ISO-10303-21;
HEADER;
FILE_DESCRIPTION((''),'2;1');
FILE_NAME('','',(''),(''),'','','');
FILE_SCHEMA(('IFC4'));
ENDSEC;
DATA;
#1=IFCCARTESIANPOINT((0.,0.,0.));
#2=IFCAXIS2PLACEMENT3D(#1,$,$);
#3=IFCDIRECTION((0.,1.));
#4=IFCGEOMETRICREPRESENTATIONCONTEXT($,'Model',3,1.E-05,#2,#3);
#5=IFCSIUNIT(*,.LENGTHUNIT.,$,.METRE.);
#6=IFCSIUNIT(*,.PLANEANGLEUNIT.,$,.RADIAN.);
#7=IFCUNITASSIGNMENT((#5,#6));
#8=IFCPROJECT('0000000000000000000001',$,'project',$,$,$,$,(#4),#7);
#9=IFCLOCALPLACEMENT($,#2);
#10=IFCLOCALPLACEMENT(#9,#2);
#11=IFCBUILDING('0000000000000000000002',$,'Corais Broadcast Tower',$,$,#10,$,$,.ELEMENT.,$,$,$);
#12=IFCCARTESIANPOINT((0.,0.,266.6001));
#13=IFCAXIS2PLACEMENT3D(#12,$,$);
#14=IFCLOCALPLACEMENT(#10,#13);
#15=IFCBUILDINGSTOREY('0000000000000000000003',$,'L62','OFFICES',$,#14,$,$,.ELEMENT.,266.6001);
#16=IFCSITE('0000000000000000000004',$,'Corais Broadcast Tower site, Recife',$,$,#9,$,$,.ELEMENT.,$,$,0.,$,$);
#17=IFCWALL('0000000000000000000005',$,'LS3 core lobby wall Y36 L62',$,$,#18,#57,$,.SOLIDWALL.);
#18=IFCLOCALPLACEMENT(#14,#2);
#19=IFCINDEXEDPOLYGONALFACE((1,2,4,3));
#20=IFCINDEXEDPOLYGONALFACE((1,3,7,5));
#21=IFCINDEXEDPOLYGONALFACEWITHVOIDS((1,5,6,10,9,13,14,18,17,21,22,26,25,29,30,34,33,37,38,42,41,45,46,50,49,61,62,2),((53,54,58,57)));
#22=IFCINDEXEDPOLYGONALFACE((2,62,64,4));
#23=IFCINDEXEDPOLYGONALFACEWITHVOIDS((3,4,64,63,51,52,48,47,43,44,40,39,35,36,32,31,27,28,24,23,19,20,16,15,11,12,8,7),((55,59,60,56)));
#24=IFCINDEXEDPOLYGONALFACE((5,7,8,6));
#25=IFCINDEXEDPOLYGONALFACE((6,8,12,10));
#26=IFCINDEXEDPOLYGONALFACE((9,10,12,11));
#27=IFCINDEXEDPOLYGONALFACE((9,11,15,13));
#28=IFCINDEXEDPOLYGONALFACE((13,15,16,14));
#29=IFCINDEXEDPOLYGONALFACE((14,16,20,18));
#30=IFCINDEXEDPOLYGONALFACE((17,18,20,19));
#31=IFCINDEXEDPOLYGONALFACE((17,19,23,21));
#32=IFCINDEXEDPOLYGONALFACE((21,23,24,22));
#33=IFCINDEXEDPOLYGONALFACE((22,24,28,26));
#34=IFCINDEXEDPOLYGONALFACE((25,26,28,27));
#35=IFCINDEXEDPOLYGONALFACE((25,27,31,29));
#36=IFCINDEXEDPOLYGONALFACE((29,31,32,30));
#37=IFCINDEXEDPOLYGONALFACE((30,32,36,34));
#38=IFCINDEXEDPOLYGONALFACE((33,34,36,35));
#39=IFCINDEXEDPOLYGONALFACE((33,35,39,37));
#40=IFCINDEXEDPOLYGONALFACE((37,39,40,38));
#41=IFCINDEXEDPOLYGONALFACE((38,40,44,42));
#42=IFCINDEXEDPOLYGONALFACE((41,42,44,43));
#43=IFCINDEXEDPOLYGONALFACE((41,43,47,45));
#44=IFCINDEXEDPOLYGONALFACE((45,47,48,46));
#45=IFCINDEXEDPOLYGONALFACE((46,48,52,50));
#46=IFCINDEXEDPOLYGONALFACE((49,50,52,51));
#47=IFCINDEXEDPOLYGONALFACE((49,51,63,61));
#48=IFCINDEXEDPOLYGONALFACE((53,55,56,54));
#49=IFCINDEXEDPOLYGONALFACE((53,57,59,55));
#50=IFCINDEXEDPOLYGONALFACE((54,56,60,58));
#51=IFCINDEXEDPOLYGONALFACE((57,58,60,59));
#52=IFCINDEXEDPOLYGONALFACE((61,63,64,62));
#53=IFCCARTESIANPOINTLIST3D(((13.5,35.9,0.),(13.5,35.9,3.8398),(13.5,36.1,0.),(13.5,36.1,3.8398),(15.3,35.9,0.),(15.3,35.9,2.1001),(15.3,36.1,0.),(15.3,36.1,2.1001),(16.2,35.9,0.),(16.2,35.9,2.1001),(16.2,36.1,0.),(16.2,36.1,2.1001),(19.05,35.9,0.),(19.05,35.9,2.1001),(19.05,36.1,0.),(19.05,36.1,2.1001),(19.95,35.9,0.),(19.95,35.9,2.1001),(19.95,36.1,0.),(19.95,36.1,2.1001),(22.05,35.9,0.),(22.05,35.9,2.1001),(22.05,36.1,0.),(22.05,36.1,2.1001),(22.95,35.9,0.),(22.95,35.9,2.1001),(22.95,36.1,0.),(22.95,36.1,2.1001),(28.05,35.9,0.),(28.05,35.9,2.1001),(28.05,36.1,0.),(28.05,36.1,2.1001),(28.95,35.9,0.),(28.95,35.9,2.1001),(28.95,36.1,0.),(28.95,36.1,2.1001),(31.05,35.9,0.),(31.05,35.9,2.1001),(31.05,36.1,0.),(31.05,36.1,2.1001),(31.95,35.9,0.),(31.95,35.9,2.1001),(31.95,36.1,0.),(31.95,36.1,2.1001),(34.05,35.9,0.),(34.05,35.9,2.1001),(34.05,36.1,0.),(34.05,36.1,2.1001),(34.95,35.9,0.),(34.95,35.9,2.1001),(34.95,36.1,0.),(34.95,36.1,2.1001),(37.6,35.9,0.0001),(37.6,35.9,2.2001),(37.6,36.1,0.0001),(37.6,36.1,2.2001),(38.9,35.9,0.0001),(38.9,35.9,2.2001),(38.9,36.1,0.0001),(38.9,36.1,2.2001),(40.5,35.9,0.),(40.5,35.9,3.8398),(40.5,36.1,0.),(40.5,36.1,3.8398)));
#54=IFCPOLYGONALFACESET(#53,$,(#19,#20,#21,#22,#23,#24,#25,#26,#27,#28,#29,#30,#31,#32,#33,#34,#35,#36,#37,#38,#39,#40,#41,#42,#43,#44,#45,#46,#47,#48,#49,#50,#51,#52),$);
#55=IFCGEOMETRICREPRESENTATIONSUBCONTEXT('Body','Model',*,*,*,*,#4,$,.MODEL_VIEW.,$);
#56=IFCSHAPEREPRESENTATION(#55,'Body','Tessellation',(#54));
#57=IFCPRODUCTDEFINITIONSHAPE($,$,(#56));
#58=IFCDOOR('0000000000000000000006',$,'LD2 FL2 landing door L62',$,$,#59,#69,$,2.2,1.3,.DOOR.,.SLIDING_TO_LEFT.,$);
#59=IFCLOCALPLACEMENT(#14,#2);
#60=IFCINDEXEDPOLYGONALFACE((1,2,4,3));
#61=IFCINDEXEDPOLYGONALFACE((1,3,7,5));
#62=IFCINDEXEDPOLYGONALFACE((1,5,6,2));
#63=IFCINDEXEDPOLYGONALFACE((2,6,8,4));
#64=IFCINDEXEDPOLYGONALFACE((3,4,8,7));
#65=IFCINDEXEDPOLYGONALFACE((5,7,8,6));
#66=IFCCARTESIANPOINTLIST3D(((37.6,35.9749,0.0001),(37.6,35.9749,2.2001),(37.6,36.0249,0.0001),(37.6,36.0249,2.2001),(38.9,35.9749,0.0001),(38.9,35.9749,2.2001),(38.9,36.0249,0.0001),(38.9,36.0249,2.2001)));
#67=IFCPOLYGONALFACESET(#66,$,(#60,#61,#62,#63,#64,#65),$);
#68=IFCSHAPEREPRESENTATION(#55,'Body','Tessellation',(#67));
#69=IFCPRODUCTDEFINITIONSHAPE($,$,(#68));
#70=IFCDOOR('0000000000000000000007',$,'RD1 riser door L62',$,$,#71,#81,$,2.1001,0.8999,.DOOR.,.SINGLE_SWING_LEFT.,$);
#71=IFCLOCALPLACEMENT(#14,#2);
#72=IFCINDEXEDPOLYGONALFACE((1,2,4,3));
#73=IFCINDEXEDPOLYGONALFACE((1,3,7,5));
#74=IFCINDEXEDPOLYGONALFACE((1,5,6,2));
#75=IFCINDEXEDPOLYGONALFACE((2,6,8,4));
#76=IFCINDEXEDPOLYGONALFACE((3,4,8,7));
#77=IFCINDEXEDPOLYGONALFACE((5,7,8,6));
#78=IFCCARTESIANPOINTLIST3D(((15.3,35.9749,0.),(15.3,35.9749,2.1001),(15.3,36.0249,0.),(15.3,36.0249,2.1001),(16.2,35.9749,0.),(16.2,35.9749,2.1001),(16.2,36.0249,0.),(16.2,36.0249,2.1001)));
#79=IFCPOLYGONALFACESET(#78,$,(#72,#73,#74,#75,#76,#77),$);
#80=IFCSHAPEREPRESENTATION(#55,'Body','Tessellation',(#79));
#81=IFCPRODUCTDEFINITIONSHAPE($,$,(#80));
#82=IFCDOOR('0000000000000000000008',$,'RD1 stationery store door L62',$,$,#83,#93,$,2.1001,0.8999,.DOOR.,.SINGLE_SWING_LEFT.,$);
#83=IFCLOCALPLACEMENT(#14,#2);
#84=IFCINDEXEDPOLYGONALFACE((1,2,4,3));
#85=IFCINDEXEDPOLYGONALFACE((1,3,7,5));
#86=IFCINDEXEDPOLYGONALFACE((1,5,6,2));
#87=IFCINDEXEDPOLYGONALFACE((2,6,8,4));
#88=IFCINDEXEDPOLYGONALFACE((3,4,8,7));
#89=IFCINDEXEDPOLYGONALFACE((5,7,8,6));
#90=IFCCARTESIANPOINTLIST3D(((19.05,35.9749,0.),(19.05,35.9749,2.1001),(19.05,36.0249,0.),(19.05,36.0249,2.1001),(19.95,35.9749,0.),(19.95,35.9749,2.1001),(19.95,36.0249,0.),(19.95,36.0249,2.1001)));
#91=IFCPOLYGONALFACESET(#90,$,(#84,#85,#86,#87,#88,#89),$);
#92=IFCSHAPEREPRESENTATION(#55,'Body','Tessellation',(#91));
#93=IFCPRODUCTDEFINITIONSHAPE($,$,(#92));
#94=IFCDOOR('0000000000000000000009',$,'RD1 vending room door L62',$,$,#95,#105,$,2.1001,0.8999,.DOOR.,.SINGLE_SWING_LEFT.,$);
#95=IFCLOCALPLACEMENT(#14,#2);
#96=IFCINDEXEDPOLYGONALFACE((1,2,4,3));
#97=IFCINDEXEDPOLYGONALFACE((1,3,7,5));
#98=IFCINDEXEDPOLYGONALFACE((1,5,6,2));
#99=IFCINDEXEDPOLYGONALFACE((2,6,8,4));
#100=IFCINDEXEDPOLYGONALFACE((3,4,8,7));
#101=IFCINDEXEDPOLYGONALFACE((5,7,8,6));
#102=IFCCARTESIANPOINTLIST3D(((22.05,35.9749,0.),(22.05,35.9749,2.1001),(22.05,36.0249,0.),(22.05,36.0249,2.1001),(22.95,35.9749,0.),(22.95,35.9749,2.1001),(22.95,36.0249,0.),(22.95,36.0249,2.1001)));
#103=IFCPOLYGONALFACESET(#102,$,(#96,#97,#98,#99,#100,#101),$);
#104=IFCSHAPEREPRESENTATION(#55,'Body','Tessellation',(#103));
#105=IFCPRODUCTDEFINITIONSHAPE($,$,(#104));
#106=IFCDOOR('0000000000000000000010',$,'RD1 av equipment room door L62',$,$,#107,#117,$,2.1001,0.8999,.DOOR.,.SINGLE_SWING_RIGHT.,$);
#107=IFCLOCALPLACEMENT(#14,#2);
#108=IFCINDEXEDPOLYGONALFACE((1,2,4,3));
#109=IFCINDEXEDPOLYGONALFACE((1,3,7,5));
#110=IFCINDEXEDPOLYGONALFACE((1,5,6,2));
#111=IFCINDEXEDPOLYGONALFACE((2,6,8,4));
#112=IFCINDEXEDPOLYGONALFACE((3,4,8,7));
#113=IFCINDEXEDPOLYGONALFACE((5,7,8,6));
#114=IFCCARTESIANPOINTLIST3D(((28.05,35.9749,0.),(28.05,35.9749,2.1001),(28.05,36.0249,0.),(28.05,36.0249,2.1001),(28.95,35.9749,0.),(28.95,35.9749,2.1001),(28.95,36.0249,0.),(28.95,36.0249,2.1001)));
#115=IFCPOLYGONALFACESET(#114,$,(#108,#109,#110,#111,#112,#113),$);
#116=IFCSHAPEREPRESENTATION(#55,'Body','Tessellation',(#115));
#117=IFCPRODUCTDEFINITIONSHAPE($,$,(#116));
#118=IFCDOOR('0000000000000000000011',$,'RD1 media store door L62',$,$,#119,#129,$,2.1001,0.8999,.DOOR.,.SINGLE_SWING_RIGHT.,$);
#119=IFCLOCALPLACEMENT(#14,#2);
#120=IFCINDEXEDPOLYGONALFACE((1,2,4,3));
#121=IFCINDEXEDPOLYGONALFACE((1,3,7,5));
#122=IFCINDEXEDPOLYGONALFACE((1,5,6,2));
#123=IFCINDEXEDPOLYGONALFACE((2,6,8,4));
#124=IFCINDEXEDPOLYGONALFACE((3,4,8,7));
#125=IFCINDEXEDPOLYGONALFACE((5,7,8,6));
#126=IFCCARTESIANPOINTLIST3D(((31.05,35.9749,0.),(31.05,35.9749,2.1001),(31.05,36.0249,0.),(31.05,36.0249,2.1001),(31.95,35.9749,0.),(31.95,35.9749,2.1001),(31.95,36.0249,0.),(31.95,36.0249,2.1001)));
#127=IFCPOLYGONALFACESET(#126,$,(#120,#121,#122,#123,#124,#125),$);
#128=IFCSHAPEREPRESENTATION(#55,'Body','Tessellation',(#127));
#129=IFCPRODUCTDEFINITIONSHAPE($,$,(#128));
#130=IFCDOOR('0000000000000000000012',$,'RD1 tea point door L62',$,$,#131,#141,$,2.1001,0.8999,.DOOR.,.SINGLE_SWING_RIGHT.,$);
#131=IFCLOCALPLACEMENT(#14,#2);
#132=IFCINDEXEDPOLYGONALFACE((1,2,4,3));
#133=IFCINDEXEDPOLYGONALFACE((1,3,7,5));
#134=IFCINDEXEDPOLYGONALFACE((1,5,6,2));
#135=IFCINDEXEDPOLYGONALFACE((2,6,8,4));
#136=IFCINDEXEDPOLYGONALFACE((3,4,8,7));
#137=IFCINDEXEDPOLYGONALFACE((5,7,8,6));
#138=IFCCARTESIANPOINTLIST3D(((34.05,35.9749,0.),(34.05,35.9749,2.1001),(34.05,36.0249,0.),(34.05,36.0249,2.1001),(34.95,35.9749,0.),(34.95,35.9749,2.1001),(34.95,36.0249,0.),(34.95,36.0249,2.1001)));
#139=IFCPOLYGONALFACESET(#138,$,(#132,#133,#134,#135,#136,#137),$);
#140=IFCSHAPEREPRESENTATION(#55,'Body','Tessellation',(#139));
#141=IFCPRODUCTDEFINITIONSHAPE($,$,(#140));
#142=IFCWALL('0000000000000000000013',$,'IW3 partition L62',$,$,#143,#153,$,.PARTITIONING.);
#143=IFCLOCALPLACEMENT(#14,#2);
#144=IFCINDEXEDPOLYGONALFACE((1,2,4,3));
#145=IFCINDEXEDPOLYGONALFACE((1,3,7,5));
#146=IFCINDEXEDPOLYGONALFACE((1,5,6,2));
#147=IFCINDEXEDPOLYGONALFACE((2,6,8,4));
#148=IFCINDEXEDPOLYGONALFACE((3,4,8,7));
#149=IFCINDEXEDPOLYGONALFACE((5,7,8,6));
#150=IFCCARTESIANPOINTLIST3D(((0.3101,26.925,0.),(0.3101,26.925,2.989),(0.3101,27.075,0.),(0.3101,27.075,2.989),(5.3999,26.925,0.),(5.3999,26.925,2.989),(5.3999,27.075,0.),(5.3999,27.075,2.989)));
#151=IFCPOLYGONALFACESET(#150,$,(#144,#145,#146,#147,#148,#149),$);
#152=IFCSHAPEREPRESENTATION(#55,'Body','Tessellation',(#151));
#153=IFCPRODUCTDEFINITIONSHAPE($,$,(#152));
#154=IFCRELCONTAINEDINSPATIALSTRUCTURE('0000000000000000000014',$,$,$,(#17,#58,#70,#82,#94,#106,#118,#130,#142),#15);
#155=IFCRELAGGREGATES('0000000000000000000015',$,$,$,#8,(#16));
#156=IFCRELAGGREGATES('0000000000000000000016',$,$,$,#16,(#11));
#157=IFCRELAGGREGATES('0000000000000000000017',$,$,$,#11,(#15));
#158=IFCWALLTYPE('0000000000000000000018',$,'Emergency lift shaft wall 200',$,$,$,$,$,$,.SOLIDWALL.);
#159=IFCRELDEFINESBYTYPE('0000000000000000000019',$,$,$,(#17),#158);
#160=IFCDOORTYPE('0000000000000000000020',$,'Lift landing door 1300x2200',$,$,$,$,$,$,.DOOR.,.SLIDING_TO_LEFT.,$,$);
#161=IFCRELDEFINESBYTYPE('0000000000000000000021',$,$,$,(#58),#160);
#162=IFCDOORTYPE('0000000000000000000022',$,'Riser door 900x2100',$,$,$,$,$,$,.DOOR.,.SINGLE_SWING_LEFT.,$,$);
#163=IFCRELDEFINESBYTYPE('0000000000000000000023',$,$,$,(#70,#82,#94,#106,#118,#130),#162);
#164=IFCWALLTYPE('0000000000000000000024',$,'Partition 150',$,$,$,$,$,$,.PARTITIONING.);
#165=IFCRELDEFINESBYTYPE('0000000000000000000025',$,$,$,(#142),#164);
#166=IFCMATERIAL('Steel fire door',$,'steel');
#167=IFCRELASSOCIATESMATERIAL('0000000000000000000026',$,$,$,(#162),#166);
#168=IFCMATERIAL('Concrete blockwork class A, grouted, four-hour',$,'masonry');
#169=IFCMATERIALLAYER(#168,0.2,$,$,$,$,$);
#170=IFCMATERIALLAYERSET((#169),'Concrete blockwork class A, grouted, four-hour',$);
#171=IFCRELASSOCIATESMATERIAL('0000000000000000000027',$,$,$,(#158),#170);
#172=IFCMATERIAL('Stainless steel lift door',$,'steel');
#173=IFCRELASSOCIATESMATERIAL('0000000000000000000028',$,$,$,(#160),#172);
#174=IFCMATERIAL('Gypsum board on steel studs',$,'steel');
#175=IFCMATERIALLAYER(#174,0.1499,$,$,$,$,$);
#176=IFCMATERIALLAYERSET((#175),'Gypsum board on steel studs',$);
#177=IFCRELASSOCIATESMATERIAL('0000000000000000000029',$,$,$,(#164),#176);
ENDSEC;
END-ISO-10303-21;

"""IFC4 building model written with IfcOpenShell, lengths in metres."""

from ifc_helpers import new_model, si_unit, direction, frame, frame_2d, origin, place, context, subcontext, project, spatial, rectangle, extrude, material, layer, layer_set, type_object, element, fill, save


model = new_model("IFC4")

# Units and contexts
model_context = context("Model", 3, precision=1e-05, world=origin(), true_north=direction((0.0, 1.0)))
body_context = subcontext(model_context, "Body", "Model", "MODEL_VIEW")
ifc_project = project(units=[si_unit("LENGTHUNIT", "METRE"), si_unit("PLANEANGLEUNIT", "RADIAN")], contexts=[model_context])

# Site, building, storey
site_placement = place(None, origin())
site = spatial("IfcSite", under=ifc_project, at=site_placement, Name="Corais Broadcast Tower site, Recife", CompositionType="ELEMENT", RefElevation=0.0)
building_placement = place(site_placement, origin())
building = spatial("IfcBuilding", under=site, at=building_placement, Name="Corais Broadcast Tower", CompositionType="ELEMENT")
storey_placement = place(building_placement, frame((0.0, 0.0, 266.6001)))
storey = spatial("IfcBuildingStorey", under=building, at=storey_placement, Name="L62", Description="OFFICES", CompositionType="ELEMENT", Elevation=266.6001)

# Wall, openings, doors
ifc_material_1 = material(Name="Steel fire door", Category="steel")
door_type_1 = type_object("IfcDoorType", Name="Riser door 900x2100", OperationType="SINGLE_SWING_LEFT", PredefinedType="DOOR", material=ifc_material_1)
ifc_material_2 = material(Name="Concrete blockwork class A, grouted, four-hour", Category="masonry")
ifc_layer_1 = layer(ifc_material_2, 0.2)
ifc_layer_set_1 = layer_set([ifc_layer_1], Name="Concrete blockwork class A, grouted, four-hour")
wall_type_1 = type_object("IfcWallType", Name="Emergency lift shaft wall 200", PredefinedType="SOLIDWALL", material=ifc_layer_set_1)
wall_1_placement = place(storey_placement, frame((13.5, 36.0, 0.0), z_axis=(0.0, 0.0, 1.0), x_axis=(1.0, 0.0, 0.0)))
wall_1 = element("IfcWall", 1, at=wall_1_placement, inside=storey, type_object=wall_type_1, Name="LS3 core lobby wall Y36 L62", PredefinedType="SOLIDWALL", context=body_context, shape_type="SweptSolid", body=[
    extrude(rectangle(XDim=27.0, YDim=0.2, at=frame_2d((13.5, 0.0))), origin(), (0.0, 0.0, 1.0), 3.8398),
])
opening_1_placement = place(wall_1_placement, frame((1.8, 0.0, 0.0)))
opening_1 = element("IfcOpeningElement", 2, at=opening_1_placement, cuts=wall_1, PredefinedType="OPENING", context=body_context, shape_type="SweptSolid", body=[
    extrude(rectangle(XDim=0.8999, YDim=2.1001, at=frame_2d((0.45, 1.05))), frame((0.0, 0.1099, 0.0), z_axis=(0.0, -1.0, 0.0), x_axis=(1.0, 0.0, 0.0)), (0.0, 0.0, 1.0), 0.22),
])
opening_2_placement = place(wall_1_placement, frame((5.55, 0.0, 0.0)))
opening_2 = element("IfcOpeningElement", 3, at=opening_2_placement, cuts=wall_1, PredefinedType="OPENING", context=body_context, shape_type="SweptSolid", body=[
    extrude(rectangle(XDim=0.8999, YDim=2.1001, at=frame_2d((0.45, 1.05))), frame((0.0, 0.1099, 0.0), z_axis=(0.0, -1.0, 0.0), x_axis=(1.0, 0.0, 0.0)), (0.0, 0.0, 1.0), 0.22),
])
opening_3_placement = place(wall_1_placement, frame((8.55, 0.0, 0.0)))
opening_3 = element("IfcOpeningElement", 4, at=opening_3_placement, cuts=wall_1, PredefinedType="OPENING", context=body_context, shape_type="SweptSolid", body=[
    extrude(rectangle(XDim=0.8999, YDim=2.1001, at=frame_2d((0.45, 1.05))), frame((0.0, 0.1099, 0.0), z_axis=(0.0, -1.0, 0.0), x_axis=(1.0, 0.0, 0.0)), (0.0, 0.0, 1.0), 0.22),
])
opening_4_placement = place(wall_1_placement, frame((14.55, 0.0, 0.0)))
opening_4 = element("IfcOpeningElement", 5, at=opening_4_placement, cuts=wall_1, PredefinedType="OPENING", context=body_context, shape_type="SweptSolid", body=[
    extrude(rectangle(XDim=0.8999, YDim=2.1001, at=frame_2d((0.45, 1.05))), frame((0.0, 0.1099, 0.0), z_axis=(0.0, -1.0, 0.0), x_axis=(1.0, 0.0, 0.0)), (0.0, 0.0, 1.0), 0.22),
])
opening_5_placement = place(wall_1_placement, frame((17.55, 0.0, 0.0)))
opening_5 = element("IfcOpeningElement", 6, at=opening_5_placement, cuts=wall_1, PredefinedType="OPENING", context=body_context, shape_type="SweptSolid", body=[
    extrude(rectangle(XDim=0.8999, YDim=2.1001, at=frame_2d((0.45, 1.05))), frame((0.0, 0.1099, 0.0), z_axis=(0.0, -1.0, 0.0), x_axis=(1.0, 0.0, 0.0)), (0.0, 0.0, 1.0), 0.22),
])
opening_6_placement = place(wall_1_placement, frame((20.55, 0.0, 0.0)))
opening_6 = element("IfcOpeningElement", 7, at=opening_6_placement, cuts=wall_1, PredefinedType="OPENING", context=body_context, shape_type="SweptSolid", body=[
    extrude(rectangle(XDim=0.8999, YDim=2.1001, at=frame_2d((0.45, 1.05))), frame((0.0, 0.1099, 0.0), z_axis=(0.0, -1.0, 0.0), x_axis=(1.0, 0.0, 0.0)), (0.0, 0.0, 1.0), 0.22),
])
opening_7_placement = place(wall_1_placement, frame((24.1001, 0.0, 0.0)))
opening_7 = element("IfcOpeningElement", 8, at=opening_7_placement, cuts=wall_1, PredefinedType="OPENING", context=body_context, shape_type="SweptSolid", body=[
    extrude(rectangle(XDim=1.3, YDim=2.2, at=frame_2d((0.6499, 1.1001))), frame((0.0, 0.1099, 0.0), z_axis=(0.0, -1.0, 0.0), x_axis=(1.0, 0.0, 0.0)), (0.0, 0.0, 1.0), 0.22),
])
ifc_material_3 = material(Name="Stainless steel lift door", Category="steel")
door_type_2 = type_object("IfcDoorType", Name="Lift landing door 1300x2200", OperationType="SLIDING_TO_LEFT", PredefinedType="DOOR", material=ifc_material_3)
door_1_placement = place(opening_7_placement, origin())
door_1 = element("IfcDoor", 9, at=door_1_placement, inside=storey, type_object=door_type_2, Name="LD2 FL2 landing door L62", OperationType="SLIDING_TO_LEFT", OverallHeight=2.2, OverallWidth=1.3, PredefinedType="DOOR", context=body_context, shape_type="SweptSolid", body=[
    extrude(rectangle(XDim=1.3, YDim=2.2, at=frame_2d((0.6499, 1.1001))), frame((0.0, 0.0249, 0.0), z_axis=(0.0, -1.0, 0.0), x_axis=(1.0, 0.0, 0.0)), (0.0, 0.0, 1.0), 0.05),
])
fill(opening_7, door_1)
door_2_placement = place(opening_1_placement, origin())
door_2 = element("IfcDoor", 10, at=door_2_placement, inside=storey, type_object=door_type_1, Name="RD1 riser door L62", OperationType="SINGLE_SWING_LEFT", OverallHeight=2.1001, OverallWidth=0.8999, PredefinedType="DOOR", context=body_context, shape_type="SweptSolid", body=[
    extrude(rectangle(XDim=0.8999, YDim=2.1001, at=frame_2d((0.45, 1.05))), frame((0.0, 0.0249, 0.0), z_axis=(0.0, -1.0, 0.0), x_axis=(1.0, 0.0, 0.0)), (0.0, 0.0, 1.0), 0.05),
])
fill(opening_1, door_2)
door_3_placement = place(opening_2_placement, origin())
door_3 = element("IfcDoor", 11, at=door_3_placement, inside=storey, type_object=door_type_1, Name="RD1 stationery store door L62", OperationType="SINGLE_SWING_LEFT", OverallHeight=2.1001, OverallWidth=0.8999, PredefinedType="DOOR", context=body_context, shape_type="SweptSolid", body=[
    extrude(rectangle(XDim=0.8999, YDim=2.1001, at=frame_2d((0.45, 1.05))), frame((0.0, 0.0249, 0.0), z_axis=(0.0, -1.0, 0.0), x_axis=(1.0, 0.0, 0.0)), (0.0, 0.0, 1.0), 0.05),
])
fill(opening_2, door_3)
door_4_placement = place(opening_3_placement, origin())
door_4 = element("IfcDoor", 12, at=door_4_placement, inside=storey, type_object=door_type_1, Name="RD1 vending room door L62", OperationType="SINGLE_SWING_LEFT", OverallHeight=2.1001, OverallWidth=0.8999, PredefinedType="DOOR", context=body_context, shape_type="SweptSolid", body=[
    extrude(rectangle(XDim=0.8999, YDim=2.1001, at=frame_2d((0.45, 1.05))), frame((0.0, 0.0249, 0.0), z_axis=(0.0, -1.0, 0.0), x_axis=(1.0, 0.0, 0.0)), (0.0, 0.0, 1.0), 0.05),
])
fill(opening_3, door_4)
door_5_placement = place(opening_4_placement, origin())
door_5 = element("IfcDoor", 13, at=door_5_placement, inside=storey, type_object=door_type_1, Name="RD1 av equipment room door L62", OperationType="SINGLE_SWING_RIGHT", OverallHeight=2.1001, OverallWidth=0.8999, PredefinedType="DOOR", context=body_context, shape_type="SweptSolid", body=[
    extrude(rectangle(XDim=0.8999, YDim=2.1001, at=frame_2d((0.45, 1.05))), frame((0.0, 0.0249, 0.0), z_axis=(0.0, -1.0, 0.0), x_axis=(1.0, 0.0, 0.0)), (0.0, 0.0, 1.0), 0.05),
])
fill(opening_4, door_5)
door_6_placement = place(opening_5_placement, origin())
door_6 = element("IfcDoor", 14, at=door_6_placement, inside=storey, type_object=door_type_1, Name="RD1 media store door L62", OperationType="SINGLE_SWING_RIGHT", OverallHeight=2.1001, OverallWidth=0.8999, PredefinedType="DOOR", context=body_context, shape_type="SweptSolid", body=[
    extrude(rectangle(XDim=0.8999, YDim=2.1001, at=frame_2d((0.45, 1.05))), frame((0.0, 0.0249, 0.0), z_axis=(0.0, -1.0, 0.0), x_axis=(1.0, 0.0, 0.0)), (0.0, 0.0, 1.0), 0.05),
])
fill(opening_5, door_6)
door_7_placement = place(opening_6_placement, origin())
door_7 = element("IfcDoor", 15, at=door_7_placement, inside=storey, type_object=door_type_1, Name="RD1 tea point door L62", OperationType="SINGLE_SWING_RIGHT", OverallHeight=2.1001, OverallWidth=0.8999, PredefinedType="DOOR", context=body_context, shape_type="SweptSolid", body=[
    extrude(rectangle(XDim=0.8999, YDim=2.1001, at=frame_2d((0.45, 1.05))), frame((0.0, 0.0249, 0.0), z_axis=(0.0, -1.0, 0.0), x_axis=(1.0, 0.0, 0.0)), (0.0, 0.0, 1.0), 0.05),
])
fill(opening_6, door_7)

# Wall
ifc_material_4 = material(Name="Gypsum board on steel studs", Category="steel")
ifc_layer_2 = layer(ifc_material_4, 0.1499)
ifc_layer_set_2 = layer_set([ifc_layer_2], Name="Gypsum board on steel studs")
wall_type_2 = type_object("IfcWallType", Name="Partition 150", PredefinedType="PARTITIONING", material=ifc_layer_set_2)
wall_2_placement = place(storey_placement, frame((5.3999, 27.0, 0.0), z_axis=(0.0, 0.0, 1.0), x_axis=(-1.0, 0.0, 0.0)))
element("IfcWall", 16, at=wall_2_placement, inside=storey, type_object=wall_type_2, Name="IW3 partition L62", PredefinedType="PARTITIONING", context=body_context, shape_type="SweptSolid", body=[
    extrude(rectangle(XDim=5.0898, YDim=0.1499, at=frame_2d((2.5449, 0.0))), origin(), (0.0, 0.0, 1.0), 2.989),
])

save(model, "model.ifc")
